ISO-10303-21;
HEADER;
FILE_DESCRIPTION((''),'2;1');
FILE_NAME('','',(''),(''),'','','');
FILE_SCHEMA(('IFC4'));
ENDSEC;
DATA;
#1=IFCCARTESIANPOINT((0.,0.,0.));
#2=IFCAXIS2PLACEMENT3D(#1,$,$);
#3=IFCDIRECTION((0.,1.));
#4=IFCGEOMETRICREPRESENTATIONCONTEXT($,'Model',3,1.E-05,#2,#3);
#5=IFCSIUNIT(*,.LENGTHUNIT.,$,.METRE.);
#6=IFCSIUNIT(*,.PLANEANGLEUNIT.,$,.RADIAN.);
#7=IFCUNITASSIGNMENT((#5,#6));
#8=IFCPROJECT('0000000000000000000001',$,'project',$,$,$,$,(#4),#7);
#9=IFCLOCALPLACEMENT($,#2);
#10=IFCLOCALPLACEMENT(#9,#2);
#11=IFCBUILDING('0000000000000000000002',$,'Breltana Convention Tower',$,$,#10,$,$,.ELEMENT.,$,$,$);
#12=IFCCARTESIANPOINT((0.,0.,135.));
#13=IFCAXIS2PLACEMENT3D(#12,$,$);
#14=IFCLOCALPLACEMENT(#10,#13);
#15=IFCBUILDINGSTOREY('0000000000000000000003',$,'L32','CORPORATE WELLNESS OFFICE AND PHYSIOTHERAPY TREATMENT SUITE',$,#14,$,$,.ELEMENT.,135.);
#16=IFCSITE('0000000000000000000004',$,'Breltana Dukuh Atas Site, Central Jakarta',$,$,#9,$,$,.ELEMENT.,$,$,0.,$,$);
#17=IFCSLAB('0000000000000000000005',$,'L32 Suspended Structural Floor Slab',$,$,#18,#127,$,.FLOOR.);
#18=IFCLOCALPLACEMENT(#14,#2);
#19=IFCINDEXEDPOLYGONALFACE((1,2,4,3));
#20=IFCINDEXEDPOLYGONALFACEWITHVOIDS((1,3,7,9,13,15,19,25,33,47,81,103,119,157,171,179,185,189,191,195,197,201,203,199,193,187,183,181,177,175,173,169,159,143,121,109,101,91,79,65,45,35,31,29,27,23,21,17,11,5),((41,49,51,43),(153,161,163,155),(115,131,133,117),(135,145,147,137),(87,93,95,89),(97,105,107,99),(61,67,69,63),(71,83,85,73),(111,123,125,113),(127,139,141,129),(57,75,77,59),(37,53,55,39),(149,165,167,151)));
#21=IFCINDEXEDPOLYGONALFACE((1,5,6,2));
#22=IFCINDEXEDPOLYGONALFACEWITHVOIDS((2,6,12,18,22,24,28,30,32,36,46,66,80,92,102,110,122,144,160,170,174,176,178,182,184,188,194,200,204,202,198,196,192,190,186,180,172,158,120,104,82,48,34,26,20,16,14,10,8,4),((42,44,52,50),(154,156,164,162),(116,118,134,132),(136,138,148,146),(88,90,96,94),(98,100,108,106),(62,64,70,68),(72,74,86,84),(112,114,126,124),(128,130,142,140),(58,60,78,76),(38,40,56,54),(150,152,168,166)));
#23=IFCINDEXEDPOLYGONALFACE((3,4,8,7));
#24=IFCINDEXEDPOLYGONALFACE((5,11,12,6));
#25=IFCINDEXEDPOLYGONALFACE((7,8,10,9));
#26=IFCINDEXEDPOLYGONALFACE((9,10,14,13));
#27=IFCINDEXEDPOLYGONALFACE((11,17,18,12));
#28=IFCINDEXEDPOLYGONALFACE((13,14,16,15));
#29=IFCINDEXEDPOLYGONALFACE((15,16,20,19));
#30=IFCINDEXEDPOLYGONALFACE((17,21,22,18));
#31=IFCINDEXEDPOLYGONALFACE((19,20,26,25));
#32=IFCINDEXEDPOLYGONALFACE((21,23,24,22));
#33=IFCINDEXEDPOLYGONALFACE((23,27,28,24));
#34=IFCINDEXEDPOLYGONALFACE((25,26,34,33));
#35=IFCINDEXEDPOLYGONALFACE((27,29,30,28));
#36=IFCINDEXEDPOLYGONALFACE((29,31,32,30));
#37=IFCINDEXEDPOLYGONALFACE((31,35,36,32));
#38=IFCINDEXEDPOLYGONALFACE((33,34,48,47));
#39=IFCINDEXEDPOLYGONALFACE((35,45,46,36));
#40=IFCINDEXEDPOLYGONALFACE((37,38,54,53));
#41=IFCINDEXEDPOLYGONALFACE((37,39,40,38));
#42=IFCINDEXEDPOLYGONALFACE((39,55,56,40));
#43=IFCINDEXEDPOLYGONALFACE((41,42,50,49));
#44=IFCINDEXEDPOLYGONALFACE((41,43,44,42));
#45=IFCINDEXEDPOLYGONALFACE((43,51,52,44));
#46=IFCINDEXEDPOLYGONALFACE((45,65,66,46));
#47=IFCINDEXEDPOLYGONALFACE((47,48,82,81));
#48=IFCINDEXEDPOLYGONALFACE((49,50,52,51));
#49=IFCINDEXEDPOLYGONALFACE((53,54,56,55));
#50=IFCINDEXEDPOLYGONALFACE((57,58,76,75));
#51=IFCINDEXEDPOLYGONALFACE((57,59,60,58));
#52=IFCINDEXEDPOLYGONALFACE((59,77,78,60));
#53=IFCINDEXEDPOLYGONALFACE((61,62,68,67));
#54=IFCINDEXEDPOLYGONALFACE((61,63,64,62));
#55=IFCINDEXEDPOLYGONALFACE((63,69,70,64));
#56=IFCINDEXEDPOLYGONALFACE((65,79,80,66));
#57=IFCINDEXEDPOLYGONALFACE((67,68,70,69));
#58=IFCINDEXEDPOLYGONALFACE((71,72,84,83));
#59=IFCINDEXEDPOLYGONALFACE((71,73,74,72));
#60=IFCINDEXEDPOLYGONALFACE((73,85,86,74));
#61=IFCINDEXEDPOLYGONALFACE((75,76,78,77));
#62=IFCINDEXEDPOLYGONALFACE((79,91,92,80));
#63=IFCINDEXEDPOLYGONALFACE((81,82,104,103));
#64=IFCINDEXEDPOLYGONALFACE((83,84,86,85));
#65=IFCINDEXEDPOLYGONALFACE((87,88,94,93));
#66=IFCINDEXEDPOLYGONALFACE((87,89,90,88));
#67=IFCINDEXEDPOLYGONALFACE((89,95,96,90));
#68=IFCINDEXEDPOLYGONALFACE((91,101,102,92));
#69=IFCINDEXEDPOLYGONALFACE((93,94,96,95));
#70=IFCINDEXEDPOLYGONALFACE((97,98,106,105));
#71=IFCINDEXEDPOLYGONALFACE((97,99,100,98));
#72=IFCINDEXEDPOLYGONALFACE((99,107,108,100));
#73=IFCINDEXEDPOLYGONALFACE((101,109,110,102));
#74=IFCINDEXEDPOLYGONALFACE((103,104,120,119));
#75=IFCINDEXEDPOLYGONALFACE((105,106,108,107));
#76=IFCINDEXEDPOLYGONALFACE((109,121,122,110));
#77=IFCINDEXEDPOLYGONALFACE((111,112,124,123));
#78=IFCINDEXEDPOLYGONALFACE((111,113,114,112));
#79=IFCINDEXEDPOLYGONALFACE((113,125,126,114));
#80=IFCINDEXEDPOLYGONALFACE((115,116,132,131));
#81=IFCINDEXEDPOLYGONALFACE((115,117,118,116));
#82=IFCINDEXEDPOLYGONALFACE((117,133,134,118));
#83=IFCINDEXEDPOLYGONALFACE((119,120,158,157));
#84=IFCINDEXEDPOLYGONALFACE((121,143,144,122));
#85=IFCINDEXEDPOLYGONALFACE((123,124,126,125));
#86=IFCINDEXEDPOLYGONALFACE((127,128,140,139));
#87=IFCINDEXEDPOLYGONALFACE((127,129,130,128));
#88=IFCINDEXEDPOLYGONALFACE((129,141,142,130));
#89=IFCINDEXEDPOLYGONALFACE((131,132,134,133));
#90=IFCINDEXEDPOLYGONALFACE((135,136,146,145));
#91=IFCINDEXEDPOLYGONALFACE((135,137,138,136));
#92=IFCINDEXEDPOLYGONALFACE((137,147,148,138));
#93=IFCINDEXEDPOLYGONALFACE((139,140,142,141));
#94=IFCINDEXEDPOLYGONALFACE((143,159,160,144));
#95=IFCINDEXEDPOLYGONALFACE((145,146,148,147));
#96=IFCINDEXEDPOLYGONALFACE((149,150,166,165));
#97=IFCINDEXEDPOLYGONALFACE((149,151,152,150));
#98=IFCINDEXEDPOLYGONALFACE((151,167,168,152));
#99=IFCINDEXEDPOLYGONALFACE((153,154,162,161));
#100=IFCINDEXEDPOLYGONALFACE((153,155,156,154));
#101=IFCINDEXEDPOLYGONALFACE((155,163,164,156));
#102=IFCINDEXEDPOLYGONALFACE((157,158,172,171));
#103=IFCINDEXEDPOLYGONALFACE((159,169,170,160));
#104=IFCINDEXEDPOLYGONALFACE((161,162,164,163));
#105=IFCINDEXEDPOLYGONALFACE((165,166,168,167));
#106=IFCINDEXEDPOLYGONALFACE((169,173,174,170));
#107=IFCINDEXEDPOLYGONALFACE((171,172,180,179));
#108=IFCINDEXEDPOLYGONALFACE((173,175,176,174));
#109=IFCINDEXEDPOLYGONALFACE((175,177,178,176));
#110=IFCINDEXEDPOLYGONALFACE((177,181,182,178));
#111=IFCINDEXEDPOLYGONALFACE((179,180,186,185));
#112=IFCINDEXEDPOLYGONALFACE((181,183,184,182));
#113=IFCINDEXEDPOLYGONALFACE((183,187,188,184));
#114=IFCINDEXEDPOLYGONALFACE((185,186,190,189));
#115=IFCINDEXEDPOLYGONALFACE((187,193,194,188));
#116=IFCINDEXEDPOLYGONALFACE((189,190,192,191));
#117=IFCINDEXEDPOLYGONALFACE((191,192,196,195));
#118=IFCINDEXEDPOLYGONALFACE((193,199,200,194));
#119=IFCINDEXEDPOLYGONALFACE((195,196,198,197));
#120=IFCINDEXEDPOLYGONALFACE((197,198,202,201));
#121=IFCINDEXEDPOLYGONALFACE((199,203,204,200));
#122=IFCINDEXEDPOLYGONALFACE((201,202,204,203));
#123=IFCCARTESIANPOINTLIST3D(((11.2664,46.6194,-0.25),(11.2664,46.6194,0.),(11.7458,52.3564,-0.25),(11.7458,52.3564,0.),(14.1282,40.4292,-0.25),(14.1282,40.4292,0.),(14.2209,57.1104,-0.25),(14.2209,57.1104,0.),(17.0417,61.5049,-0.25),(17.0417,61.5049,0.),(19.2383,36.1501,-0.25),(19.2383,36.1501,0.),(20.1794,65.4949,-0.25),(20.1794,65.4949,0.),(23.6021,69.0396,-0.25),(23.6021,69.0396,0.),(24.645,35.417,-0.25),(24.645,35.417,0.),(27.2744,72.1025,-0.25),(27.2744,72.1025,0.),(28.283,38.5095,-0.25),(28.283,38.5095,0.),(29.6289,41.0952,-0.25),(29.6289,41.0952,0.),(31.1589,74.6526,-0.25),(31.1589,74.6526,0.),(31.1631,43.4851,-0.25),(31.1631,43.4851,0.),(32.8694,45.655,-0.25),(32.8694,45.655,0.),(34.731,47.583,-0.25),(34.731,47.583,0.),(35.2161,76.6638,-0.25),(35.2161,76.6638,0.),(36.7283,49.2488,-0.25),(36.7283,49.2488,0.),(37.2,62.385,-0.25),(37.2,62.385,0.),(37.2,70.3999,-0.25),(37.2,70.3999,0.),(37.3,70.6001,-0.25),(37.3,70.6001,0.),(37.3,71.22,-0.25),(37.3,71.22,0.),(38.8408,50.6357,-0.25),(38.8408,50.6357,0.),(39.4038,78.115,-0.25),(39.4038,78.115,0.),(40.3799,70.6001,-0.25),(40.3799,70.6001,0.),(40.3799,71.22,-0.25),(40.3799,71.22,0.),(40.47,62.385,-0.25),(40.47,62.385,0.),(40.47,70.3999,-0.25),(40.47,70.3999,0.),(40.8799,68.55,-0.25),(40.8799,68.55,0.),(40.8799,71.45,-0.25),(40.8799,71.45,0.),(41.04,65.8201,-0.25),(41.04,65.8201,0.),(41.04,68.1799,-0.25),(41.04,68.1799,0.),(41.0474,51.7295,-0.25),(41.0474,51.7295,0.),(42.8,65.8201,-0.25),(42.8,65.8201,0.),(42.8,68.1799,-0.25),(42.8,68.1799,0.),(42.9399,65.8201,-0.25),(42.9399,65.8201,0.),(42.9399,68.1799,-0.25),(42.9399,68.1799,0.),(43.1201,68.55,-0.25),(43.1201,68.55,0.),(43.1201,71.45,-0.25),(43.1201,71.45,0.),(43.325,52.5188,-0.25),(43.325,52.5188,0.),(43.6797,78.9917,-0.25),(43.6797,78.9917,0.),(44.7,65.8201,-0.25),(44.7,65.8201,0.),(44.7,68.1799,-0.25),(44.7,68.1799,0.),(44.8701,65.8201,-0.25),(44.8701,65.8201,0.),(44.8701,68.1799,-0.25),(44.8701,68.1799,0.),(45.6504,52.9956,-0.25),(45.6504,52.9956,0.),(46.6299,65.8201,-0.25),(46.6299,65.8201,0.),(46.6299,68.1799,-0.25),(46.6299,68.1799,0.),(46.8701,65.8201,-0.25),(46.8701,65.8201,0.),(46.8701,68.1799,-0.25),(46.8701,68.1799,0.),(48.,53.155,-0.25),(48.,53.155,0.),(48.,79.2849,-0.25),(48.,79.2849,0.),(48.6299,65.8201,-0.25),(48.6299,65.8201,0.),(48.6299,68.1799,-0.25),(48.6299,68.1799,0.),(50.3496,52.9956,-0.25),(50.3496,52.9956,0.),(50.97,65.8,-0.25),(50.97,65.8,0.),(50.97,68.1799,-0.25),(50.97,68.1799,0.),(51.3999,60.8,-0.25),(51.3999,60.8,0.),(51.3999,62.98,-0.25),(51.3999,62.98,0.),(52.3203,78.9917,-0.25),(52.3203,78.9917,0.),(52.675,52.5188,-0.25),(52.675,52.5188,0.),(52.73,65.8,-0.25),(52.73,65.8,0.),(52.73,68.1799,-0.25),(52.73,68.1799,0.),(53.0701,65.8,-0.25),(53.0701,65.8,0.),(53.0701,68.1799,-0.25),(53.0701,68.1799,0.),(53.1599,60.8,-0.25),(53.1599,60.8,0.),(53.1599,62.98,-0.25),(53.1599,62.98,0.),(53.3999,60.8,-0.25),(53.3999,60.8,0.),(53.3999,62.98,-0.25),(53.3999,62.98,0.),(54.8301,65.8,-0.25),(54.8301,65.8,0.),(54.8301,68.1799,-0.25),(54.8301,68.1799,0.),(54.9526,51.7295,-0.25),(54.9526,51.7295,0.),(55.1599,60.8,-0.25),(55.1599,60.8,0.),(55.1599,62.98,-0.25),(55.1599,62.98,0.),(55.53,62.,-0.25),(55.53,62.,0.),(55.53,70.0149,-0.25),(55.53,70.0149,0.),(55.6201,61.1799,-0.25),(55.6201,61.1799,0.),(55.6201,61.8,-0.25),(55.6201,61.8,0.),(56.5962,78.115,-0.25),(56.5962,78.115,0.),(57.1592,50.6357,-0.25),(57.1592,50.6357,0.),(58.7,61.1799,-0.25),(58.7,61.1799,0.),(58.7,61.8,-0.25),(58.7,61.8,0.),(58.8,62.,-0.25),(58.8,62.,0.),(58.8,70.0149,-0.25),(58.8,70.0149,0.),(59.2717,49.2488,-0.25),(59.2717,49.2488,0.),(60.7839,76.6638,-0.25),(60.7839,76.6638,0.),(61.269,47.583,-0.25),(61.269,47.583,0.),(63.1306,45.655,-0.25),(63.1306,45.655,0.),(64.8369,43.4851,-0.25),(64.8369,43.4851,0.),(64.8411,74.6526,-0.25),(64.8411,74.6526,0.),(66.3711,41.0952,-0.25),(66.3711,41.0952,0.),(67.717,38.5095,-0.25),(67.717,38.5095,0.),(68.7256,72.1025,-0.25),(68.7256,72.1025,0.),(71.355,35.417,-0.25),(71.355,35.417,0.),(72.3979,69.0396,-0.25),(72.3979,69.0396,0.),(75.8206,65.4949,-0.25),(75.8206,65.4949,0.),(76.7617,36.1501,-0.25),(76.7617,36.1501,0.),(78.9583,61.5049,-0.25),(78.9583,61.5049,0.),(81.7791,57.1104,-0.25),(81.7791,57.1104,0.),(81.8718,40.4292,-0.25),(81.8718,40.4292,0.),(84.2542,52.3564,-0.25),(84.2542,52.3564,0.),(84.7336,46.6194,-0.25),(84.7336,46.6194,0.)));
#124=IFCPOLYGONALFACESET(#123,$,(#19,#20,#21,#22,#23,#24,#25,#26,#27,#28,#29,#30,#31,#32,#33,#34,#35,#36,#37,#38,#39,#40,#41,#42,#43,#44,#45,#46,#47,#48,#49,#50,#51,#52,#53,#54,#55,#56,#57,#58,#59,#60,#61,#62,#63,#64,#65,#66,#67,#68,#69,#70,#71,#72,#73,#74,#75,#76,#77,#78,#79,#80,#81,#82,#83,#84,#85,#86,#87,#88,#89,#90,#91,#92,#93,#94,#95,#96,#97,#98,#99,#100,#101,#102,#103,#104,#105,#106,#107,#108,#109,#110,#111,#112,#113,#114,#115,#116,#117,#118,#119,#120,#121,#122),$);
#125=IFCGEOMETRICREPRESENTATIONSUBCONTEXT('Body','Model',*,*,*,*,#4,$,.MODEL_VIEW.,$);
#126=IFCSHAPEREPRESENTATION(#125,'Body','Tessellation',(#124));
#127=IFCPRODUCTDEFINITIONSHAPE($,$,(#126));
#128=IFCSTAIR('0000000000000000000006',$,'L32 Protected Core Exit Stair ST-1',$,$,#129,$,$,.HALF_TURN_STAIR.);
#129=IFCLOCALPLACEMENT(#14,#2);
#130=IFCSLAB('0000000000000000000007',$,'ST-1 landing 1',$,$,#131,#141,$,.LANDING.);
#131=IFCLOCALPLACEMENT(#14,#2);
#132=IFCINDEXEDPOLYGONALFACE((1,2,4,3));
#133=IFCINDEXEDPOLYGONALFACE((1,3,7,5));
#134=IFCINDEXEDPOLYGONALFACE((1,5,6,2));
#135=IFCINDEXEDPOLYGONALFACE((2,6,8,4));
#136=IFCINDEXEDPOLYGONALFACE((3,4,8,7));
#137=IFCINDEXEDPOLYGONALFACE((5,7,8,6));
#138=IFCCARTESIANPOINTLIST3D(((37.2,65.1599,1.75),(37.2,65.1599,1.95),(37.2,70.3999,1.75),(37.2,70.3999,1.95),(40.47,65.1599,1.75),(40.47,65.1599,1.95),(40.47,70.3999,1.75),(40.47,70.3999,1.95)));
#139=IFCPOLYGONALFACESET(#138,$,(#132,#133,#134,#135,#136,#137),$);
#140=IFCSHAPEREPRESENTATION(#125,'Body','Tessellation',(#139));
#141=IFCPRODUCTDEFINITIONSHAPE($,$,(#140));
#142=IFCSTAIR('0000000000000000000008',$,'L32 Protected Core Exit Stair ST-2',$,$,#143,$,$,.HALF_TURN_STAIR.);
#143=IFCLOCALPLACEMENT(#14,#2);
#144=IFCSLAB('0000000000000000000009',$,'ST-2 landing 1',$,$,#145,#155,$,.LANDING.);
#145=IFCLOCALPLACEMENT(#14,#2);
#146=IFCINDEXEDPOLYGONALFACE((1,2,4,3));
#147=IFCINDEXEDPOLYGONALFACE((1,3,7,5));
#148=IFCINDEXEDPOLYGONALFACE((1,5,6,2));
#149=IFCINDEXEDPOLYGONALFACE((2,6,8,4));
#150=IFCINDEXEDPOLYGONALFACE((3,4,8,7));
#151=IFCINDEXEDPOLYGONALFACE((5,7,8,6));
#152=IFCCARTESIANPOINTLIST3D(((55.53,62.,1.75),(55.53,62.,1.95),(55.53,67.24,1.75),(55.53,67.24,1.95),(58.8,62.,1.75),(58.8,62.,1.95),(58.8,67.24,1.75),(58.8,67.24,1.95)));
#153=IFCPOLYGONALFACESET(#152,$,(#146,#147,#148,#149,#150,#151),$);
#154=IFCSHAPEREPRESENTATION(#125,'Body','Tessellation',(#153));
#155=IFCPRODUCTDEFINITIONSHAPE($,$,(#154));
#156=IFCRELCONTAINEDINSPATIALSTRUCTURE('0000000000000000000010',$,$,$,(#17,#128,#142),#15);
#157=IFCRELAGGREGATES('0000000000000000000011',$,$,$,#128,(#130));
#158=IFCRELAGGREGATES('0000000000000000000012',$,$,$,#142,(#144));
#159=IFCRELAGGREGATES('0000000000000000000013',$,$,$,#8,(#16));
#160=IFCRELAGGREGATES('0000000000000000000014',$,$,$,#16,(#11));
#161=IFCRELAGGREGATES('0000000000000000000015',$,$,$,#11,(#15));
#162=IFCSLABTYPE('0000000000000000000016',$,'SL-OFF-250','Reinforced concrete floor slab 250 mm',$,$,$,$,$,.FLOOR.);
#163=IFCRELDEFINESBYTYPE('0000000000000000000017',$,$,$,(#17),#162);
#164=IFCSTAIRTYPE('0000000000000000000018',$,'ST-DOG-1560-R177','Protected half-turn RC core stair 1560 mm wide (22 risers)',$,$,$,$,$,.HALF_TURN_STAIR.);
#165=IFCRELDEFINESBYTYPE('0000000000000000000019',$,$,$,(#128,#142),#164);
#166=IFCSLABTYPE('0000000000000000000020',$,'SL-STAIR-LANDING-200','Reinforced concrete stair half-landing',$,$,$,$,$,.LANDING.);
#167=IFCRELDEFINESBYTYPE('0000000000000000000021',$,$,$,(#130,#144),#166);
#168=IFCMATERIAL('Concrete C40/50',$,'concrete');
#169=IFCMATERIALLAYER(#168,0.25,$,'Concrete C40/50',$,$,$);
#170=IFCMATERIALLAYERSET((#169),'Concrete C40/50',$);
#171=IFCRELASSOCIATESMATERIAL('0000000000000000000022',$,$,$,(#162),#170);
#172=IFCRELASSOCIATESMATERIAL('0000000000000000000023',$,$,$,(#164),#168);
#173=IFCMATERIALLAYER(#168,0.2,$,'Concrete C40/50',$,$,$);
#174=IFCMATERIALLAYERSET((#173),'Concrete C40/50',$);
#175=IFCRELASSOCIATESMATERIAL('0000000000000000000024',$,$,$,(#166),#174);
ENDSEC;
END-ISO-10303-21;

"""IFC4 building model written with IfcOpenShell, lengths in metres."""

from ifc_helpers import new_model, si_unit, direction, frame, origin, place, context, subcontext, project, spatial, polyline, outline, extrude, material, layer, layer_set, type_object, element, aggregate, save


model = new_model("IFC4")

# Units and contexts
model_context = context("Model", 3, precision=1e-05, world=origin(), true_north=direction((0.0, 1.0)))
body_context = subcontext(model_context, "Body", "Model", "MODEL_VIEW")
ifc_project = project(units=[si_unit("LENGTHUNIT", "METRE"), si_unit("PLANEANGLEUNIT", "RADIAN")], contexts=[model_context])

# Site, building, storey
site_placement = place(None, origin())
site = spatial("IfcSite", under=ifc_project, at=site_placement, Name="Breltana Dukuh Atas Site, Central Jakarta", CompositionType="ELEMENT", RefElevation=0.0)
building_placement = place(site_placement, origin())
building = spatial("IfcBuilding", under=site, at=building_placement, Name="Breltana Convention Tower", CompositionType="ELEMENT")
storey_placement = place(building_placement, frame((0.0, 0.0, 135.0)))
storey = spatial("IfcBuildingStorey", under=building, at=storey_placement, Name="L32", Description="CORPORATE WELLNESS OFFICE AND PHYSIOTHERAPY TREATMENT SUITE", CompositionType="ELEMENT", Elevation=135.0)

# Slab
ifc_material_1 = material(Name="Concrete C40/50", Category="concrete")
ifc_layer_1 = layer(ifc_material_1, 0.25, Name="Concrete C40/50")
ifc_layer_set_1 = layer_set([ifc_layer_1], Name="Concrete C40/50")
slab_type_1 = type_object("IfcSlabType", Name="SL-OFF-250", Description="Reinforced concrete floor slab 250 mm", PredefinedType="FLOOR", material=ifc_layer_set_1)
slab_1_placement = place(storey_placement, frame((0.0, 0.0, -0.25)))
element("IfcSlab", 1, at=slab_1_placement, inside=storey, type_object=slab_type_1, Name="L32 Suspended Structural Floor Slab", PredefinedType="FLOOR", context=body_context, shape_type="SweptSolid", body=[
    extrude(outline(polyline([(84.2542, 52.3564), (81.7791, 57.1104), (78.9583, 61.5049), (75.8206, 65.4949), (72.3979, 69.0396), (68.7256, 72.1025), (64.8411, 74.6526), (60.7839, 76.6638), (56.5962, 78.115), (52.3203, 78.9917), (48.0, 79.2849), (43.6797, 78.9917), (39.4038, 78.115), (35.2161, 76.6638), (31.1589, 74.6526), (27.2744, 72.1025), (23.6021, 69.0396), (20.1794, 65.4949), (17.0417, 61.5049), (14.2209, 57.1104), (11.7458, 52.3564), (11.2664, 46.6194), (14.1282, 40.4292), (19.2383, 36.1501), (24.645, 35.417), (28.283, 38.5095), (29.6289, 41.0952), (31.1631, 43.4851), (32.8694, 45.655), (34.731, 47.583), (36.7283, 49.2488), (38.8408, 50.6357), (41.0474, 51.7295), (43.325, 52.5188), (45.6504, 52.9956), (48.0, 53.155), (50.3496, 52.9956), (52.675, 52.5188), (54.9526, 51.7295), (57.1592, 50.6357), (59.2717, 49.2488), (61.269, 47.583), (63.1306, 45.655), (64.8369, 43.4851), (66.3711, 41.0952), (67.717, 38.5095), (71.355, 35.417), (76.7617, 36.1501), (81.8718, 40.4292), (84.7336, 46.6194), (84.2542, 52.3564)]), holes=[polyline([(37.2, 62.385), (40.47, 62.385), (40.47, 70.3999), (37.2, 70.3999), (37.2, 62.385)]), polyline([(55.53, 62.0), (58.8, 62.0), (58.8, 70.0149), (55.53, 70.0149), (55.53, 62.0)]), polyline([(51.3999, 60.8), (53.1599, 60.8), (53.1599, 62.98), (51.3999, 62.98), (51.3999, 60.8)]), polyline([(53.3999, 60.8), (55.1599, 60.8), (55.1599, 62.98), (53.3999, 62.98), (53.3999, 60.8)]), polyline([(41.04, 65.8201), (42.8, 65.8201), (42.8, 68.1799), (41.04, 68.1799), (41.04, 65.8201)]), polyline([(42.9399, 65.8201), (44.7, 65.8201), (44.7, 68.1799), (42.9399, 68.1799), (42.9399, 65.8201)]), polyline([(44.8701, 65.8201), (46.6299, 65.8201), (46.6299, 68.1799), (44.8701, 68.1799), (44.8701, 65.8201)]), polyline([(46.8701, 65.8201), (48.6299, 65.8201), (48.6299, 68.1799), (46.8701, 68.1799), (46.8701, 65.8201)]), polyline([(50.97, 65.8), (52.73, 65.8), (52.73, 68.1799), (50.97, 68.1799), (50.97, 65.8)]), polyline([(53.0701, 65.8), (54.8301, 65.8), (54.8301, 68.1799), (53.0701, 68.1799), (53.0701, 65.8)]), polyline([(40.8799, 68.55), (43.1201, 68.55), (43.1201, 71.45), (40.8799, 71.45), (40.8799, 68.55)]), polyline([(37.3, 70.6001), (40.3799, 70.6001), (40.3799, 71.22), (37.3, 71.22), (37.3, 70.6001)]), polyline([(55.6201, 61.1799), (58.7, 61.1799), (58.7, 61.8), (55.6201, 61.8), (55.6201, 61.1799)])]), origin(), (0.0, 0.0, 1.0), 0.25),
])

# Stairs, slabs
stair_type = type_object("IfcStairType", Name="ST-DOG-1560-R177", Description="Protected half-turn RC core stair 1560 mm wide (22 risers)", PredefinedType="HALF_TURN_STAIR", material=ifc_material_1)
stair_1_placement = place(storey_placement, origin())
stair_1 = element("IfcStair", 2, at=stair_1_placement, inside=storey, type_object=stair_type, Name="L32 Protected Core Exit Stair ST-1", PredefinedType="HALF_TURN_STAIR")
ifc_layer_2 = layer(ifc_material_1, 0.2, Name="Concrete C40/50")
ifc_layer_set_2 = layer_set([ifc_layer_2], Name="Concrete C40/50")
slab_type_2 = type_object("IfcSlabType", Name="SL-STAIR-LANDING-200", Description="Reinforced concrete stair half-landing", PredefinedType="LANDING", material=ifc_layer_set_2)
slab_2_placement = place(storey_placement, frame((0.0, 0.0, 1.75)))
slab_2 = element("IfcSlab", 3, at=slab_2_placement, type_object=slab_type_2, Name="ST-1 landing 1", PredefinedType="LANDING", context=body_context, shape_type="SweptSolid", body=[
    extrude(outline(polyline([(40.47, 65.1599), (40.47, 70.3999), (37.2, 70.3999), (37.2, 65.1599), (40.47, 65.1599)])), origin(), (0.0, 0.0, 1.0), 0.2),
])
aggregate(stair_1, [slab_2])
stair_2_placement = place(storey_placement, origin())
stair_2 = element("IfcStair", 4, at=stair_2_placement, inside=storey, type_object=stair_type, Name="L32 Protected Core Exit Stair ST-2", PredefinedType="HALF_TURN_STAIR")
slab_3_placement = place(storey_placement, frame((0.0, 0.0, 1.75)))
slab_3 = element("IfcSlab", 5, at=slab_3_placement, type_object=slab_type_2, Name="ST-2 landing 1", PredefinedType="LANDING", context=body_context, shape_type="SweptSolid", body=[
    extrude(outline(polyline([(55.53, 67.24), (55.53, 62.0), (58.8, 62.0), (58.8, 67.24), (55.53, 67.24)])), origin(), (0.0, 0.0, 1.0), 0.2),
])
aggregate(stair_2, [slab_3])

save(model, "model.ifc")
